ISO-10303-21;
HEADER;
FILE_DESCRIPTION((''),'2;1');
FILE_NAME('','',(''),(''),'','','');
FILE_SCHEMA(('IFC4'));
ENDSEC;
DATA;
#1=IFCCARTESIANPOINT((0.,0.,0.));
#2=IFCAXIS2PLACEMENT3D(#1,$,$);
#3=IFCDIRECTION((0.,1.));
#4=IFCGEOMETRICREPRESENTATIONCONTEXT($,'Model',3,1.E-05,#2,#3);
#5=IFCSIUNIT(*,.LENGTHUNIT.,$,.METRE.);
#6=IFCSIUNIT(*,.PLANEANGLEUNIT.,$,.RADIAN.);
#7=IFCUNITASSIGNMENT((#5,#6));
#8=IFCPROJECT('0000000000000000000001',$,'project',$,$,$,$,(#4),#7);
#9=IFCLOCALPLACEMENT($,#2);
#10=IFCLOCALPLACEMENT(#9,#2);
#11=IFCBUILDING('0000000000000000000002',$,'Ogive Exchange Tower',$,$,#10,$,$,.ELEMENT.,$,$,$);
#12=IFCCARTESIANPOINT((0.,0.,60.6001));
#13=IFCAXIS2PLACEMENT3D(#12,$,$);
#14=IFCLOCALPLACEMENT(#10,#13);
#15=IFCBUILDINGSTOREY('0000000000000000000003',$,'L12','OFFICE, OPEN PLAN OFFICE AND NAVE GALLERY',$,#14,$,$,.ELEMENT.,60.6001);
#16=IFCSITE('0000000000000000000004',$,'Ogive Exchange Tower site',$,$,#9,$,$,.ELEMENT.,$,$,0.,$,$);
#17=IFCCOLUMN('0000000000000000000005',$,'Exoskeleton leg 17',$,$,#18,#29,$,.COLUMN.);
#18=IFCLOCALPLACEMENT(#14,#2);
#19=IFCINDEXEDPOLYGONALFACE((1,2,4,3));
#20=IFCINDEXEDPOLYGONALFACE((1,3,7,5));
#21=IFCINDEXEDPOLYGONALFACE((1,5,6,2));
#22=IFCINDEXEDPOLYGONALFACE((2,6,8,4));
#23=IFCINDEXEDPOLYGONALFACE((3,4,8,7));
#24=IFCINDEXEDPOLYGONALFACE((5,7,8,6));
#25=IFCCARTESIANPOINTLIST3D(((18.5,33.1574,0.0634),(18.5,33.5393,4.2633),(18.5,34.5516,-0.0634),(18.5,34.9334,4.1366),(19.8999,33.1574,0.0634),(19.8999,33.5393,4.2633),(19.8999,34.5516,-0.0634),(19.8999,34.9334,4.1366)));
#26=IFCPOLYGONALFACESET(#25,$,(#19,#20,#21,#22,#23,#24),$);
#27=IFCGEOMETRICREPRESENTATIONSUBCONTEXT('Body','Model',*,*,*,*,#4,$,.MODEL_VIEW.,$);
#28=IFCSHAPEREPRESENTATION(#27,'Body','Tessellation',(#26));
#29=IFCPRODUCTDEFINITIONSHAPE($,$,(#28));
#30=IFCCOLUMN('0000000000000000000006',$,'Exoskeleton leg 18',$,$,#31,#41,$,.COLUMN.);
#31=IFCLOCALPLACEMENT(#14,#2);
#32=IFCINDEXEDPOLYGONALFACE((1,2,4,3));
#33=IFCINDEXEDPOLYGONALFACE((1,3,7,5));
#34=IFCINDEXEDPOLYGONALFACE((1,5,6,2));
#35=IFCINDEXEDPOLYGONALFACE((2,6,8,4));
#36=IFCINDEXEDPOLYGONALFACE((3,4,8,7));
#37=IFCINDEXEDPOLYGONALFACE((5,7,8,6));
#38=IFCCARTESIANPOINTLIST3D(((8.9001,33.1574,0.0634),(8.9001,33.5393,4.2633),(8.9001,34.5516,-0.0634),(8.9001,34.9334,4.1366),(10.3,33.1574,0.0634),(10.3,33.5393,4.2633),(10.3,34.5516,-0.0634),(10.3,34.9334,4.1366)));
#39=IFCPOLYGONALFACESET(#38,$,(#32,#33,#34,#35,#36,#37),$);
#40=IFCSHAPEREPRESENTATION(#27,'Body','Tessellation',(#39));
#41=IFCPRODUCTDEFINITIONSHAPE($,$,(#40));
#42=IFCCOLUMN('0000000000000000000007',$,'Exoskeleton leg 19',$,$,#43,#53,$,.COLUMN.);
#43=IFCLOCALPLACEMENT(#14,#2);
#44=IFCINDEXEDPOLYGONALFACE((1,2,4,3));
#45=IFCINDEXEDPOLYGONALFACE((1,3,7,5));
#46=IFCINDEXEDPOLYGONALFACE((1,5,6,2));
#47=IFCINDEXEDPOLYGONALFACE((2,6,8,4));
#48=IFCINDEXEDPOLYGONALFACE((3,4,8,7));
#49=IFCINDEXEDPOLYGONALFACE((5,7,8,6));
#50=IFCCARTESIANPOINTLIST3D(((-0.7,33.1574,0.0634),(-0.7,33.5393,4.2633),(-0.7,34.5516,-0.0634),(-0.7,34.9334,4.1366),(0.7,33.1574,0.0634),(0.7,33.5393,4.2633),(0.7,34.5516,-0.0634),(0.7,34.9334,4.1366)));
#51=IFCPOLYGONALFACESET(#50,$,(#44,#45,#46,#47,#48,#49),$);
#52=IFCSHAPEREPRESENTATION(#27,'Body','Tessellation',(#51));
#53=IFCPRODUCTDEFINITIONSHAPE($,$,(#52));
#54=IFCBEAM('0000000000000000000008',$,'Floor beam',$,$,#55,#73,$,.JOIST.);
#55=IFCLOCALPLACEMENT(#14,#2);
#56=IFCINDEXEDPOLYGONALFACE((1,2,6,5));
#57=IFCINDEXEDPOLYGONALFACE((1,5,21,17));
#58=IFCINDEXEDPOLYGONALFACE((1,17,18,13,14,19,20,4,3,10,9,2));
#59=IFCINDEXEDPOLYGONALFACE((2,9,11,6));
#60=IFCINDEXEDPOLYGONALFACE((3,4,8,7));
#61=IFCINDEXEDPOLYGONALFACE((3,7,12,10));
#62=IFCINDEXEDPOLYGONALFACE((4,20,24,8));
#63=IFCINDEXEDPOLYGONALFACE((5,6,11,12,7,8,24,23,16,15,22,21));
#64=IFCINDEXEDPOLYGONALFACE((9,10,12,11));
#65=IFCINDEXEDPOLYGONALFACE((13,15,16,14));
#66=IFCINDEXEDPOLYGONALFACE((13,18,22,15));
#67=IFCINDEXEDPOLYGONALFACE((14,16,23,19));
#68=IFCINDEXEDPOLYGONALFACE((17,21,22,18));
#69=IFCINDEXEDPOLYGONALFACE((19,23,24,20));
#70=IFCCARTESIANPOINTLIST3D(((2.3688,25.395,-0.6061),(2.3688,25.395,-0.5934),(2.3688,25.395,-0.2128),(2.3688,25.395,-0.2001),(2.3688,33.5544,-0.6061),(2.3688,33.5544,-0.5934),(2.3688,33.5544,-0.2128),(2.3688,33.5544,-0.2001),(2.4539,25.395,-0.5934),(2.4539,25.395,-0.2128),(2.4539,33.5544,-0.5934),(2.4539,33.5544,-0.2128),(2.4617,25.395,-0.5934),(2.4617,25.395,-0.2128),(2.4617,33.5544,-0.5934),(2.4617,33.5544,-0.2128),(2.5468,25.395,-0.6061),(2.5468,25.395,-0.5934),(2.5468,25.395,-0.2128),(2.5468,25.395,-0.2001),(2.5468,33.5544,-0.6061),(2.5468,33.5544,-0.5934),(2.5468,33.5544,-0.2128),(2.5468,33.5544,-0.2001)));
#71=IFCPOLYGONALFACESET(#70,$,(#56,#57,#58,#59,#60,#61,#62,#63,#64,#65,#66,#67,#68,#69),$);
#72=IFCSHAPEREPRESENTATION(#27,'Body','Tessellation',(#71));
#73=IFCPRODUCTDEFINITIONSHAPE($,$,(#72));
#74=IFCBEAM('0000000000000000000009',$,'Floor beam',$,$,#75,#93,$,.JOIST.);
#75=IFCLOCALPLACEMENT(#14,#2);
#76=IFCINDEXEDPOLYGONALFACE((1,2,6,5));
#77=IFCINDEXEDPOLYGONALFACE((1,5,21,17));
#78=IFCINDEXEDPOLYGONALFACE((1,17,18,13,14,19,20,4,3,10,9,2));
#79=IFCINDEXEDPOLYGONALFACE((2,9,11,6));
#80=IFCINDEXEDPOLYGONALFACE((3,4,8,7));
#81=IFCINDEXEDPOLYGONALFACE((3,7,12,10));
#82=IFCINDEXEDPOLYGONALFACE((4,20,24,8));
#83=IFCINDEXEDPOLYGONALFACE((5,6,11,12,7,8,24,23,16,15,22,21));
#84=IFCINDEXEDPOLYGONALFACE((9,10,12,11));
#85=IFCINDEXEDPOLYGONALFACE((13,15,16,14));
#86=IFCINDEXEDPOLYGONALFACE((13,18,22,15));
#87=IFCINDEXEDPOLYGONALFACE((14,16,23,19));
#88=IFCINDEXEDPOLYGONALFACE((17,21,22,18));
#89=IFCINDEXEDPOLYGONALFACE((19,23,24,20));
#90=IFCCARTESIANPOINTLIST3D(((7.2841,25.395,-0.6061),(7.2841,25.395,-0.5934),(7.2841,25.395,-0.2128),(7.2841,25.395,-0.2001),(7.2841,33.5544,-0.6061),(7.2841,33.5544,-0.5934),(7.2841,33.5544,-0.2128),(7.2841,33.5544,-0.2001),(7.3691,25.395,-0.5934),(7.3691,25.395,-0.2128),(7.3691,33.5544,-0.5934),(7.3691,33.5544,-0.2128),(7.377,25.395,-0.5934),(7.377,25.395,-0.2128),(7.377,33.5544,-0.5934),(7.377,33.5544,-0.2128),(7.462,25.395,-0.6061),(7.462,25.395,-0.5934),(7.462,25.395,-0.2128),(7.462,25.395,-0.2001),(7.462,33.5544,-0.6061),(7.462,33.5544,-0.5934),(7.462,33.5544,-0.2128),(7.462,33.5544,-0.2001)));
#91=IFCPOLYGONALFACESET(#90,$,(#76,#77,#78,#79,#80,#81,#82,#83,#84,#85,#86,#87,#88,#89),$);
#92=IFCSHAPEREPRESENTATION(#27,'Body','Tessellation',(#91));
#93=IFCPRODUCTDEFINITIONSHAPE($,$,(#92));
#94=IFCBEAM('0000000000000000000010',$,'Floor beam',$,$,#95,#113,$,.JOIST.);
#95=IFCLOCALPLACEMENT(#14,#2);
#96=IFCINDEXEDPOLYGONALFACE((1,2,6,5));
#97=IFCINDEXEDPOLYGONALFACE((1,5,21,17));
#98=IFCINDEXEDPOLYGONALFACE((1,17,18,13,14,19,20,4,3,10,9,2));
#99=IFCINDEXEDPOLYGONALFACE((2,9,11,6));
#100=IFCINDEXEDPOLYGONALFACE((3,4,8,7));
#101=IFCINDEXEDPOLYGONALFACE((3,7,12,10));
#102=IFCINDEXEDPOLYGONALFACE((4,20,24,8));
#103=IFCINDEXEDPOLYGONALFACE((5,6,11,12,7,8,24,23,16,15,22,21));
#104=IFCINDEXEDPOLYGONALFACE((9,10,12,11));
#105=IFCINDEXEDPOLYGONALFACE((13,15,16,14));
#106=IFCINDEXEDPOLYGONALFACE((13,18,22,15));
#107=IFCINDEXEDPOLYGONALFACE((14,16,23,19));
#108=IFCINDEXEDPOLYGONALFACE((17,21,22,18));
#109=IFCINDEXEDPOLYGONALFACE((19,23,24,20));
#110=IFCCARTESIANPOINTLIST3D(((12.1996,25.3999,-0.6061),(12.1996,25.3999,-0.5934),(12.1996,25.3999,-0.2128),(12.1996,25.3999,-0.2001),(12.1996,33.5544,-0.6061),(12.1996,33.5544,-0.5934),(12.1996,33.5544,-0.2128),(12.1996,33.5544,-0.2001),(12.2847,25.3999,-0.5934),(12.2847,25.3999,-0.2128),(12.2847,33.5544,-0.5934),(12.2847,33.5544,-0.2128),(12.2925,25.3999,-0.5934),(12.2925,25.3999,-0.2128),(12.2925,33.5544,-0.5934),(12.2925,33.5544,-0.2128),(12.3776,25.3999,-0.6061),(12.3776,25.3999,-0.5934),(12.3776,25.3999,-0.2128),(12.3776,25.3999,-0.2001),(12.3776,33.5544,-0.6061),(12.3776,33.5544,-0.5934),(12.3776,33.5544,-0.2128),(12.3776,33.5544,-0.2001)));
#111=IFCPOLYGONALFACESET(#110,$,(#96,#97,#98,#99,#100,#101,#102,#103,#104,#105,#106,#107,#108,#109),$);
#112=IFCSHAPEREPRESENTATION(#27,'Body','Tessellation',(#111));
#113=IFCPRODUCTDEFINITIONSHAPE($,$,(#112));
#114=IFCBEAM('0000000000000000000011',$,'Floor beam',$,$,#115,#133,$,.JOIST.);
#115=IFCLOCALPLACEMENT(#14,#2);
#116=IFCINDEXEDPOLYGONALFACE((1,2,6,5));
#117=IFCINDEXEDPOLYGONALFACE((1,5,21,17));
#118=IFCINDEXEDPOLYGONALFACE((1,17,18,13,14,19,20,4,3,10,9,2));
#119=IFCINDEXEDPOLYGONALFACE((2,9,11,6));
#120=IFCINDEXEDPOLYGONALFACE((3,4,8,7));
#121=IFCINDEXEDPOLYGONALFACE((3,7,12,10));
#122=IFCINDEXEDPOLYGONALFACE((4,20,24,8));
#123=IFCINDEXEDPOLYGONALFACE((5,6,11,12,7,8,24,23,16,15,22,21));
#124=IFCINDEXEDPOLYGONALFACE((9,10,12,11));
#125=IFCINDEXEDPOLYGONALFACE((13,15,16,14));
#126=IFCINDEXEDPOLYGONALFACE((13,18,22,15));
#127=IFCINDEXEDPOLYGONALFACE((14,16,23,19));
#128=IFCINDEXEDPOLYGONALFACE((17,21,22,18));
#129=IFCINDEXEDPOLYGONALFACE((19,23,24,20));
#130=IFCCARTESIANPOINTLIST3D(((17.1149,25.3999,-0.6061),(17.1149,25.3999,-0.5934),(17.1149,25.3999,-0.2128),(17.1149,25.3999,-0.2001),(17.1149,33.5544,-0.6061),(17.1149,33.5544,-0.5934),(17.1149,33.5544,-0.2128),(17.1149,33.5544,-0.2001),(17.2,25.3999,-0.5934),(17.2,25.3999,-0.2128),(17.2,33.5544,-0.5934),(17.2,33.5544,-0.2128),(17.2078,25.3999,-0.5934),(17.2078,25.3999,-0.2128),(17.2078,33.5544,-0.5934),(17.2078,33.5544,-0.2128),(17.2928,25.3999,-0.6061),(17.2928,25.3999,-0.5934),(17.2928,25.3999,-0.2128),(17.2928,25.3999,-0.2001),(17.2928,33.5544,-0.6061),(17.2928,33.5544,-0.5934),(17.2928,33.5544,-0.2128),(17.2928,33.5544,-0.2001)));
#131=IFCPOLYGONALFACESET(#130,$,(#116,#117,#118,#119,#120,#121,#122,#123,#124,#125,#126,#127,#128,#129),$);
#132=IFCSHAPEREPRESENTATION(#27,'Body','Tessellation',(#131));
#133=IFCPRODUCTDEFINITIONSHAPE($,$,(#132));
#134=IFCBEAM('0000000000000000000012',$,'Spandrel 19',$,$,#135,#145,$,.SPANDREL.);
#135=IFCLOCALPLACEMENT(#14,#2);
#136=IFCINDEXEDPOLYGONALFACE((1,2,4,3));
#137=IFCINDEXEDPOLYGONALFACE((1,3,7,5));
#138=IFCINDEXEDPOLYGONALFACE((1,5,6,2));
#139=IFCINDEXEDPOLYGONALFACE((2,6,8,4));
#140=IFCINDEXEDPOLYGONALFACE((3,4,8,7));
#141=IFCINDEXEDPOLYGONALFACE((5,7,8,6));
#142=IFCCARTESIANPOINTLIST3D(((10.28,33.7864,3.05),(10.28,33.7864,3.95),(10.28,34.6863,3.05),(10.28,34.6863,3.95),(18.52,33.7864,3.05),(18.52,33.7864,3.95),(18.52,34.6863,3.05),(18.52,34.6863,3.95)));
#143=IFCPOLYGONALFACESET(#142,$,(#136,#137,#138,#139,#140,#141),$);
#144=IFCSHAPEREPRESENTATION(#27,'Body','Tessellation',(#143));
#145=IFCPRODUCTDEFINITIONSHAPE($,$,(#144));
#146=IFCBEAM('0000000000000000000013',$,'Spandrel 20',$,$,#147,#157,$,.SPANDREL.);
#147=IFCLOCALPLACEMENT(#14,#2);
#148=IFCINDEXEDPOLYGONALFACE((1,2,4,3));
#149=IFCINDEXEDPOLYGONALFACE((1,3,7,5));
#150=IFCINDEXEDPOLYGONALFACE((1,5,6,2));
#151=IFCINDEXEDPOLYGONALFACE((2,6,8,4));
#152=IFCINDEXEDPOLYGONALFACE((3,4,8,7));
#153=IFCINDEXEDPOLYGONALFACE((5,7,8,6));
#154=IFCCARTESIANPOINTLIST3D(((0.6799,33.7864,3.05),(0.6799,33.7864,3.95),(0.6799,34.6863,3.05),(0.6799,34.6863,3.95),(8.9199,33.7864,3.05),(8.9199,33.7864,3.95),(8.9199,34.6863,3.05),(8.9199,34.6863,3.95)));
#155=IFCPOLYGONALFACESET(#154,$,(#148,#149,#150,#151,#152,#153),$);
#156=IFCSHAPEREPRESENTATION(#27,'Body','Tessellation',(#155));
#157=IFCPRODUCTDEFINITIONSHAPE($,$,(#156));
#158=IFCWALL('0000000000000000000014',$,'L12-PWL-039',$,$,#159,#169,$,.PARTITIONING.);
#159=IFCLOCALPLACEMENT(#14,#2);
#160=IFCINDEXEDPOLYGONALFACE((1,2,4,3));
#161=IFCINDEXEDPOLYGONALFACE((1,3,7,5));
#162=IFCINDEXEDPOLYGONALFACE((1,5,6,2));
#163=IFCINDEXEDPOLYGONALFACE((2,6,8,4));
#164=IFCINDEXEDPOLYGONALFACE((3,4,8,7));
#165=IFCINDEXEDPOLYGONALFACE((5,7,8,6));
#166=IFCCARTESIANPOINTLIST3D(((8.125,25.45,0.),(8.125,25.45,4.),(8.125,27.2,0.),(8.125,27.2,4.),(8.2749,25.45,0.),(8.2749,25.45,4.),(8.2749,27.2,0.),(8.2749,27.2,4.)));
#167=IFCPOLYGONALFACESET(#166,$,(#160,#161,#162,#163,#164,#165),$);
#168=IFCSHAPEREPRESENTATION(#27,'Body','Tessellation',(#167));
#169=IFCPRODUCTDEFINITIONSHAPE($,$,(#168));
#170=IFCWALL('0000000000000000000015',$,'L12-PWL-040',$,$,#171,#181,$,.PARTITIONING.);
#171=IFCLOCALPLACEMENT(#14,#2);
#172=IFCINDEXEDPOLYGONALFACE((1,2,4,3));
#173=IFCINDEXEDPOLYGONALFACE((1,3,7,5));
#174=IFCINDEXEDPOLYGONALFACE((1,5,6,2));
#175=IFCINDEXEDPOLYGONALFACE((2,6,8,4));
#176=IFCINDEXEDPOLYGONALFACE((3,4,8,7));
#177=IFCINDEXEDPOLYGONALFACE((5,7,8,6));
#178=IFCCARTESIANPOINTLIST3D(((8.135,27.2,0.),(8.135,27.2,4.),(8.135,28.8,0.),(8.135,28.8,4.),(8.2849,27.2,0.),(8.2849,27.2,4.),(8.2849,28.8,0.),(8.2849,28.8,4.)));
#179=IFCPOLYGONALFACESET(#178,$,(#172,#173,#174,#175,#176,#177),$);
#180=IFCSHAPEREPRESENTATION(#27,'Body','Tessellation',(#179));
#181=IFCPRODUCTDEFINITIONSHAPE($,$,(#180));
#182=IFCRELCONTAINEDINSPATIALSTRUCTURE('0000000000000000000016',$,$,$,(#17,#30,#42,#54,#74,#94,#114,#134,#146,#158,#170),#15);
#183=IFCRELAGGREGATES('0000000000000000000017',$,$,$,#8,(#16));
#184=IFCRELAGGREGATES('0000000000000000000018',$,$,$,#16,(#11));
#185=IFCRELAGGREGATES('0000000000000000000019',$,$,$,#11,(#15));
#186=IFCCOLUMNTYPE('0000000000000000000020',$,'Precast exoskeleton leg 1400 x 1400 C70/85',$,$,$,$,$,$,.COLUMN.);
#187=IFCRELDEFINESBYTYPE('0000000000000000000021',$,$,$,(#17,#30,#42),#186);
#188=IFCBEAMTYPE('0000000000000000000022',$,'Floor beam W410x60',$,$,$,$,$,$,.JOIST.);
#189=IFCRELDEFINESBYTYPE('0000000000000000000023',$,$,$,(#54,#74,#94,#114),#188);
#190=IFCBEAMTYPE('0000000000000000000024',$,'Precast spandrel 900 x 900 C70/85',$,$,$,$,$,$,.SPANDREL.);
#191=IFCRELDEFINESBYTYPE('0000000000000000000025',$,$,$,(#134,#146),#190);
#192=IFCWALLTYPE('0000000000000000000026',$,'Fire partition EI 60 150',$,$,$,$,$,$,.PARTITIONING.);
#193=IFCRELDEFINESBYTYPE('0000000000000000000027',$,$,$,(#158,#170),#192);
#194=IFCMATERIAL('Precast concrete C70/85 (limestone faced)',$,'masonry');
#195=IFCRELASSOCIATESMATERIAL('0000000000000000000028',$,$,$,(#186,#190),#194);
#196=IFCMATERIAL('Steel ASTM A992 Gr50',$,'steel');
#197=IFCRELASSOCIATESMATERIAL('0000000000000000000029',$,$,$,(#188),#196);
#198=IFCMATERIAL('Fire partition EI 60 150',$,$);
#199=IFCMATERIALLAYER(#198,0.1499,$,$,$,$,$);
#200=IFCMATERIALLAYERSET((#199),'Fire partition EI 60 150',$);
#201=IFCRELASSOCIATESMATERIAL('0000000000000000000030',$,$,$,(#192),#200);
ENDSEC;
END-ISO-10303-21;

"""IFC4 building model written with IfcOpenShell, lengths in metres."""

from ifc_helpers import new_model, si_unit, direction, frame, frame_2d, origin, origin_2d, place, context, subcontext, project, spatial, rectangle, i_section, extrude, material, layer, layer_set, material_profile, profile_set, type_object, element, save


model = new_model("IFC4")

# Units and contexts
model_context = context("Model", 3, precision=1e-05, world=origin(), true_north=direction((0.0, 1.0)))
body_context = subcontext(model_context, "Body", "Model", "MODEL_VIEW")
ifc_project = project(units=[si_unit("LENGTHUNIT", "METRE"), si_unit("PLANEANGLEUNIT", "RADIAN")], contexts=[model_context])

# Site, building, storey
site_placement = place(None, origin())
site = spatial("IfcSite", under=ifc_project, at=site_placement, Name="Ogive Exchange Tower site", CompositionType="ELEMENT", RefElevation=0.0)
building_placement = place(site_placement, origin())
building = spatial("IfcBuilding", under=site, at=building_placement, Name="Ogive Exchange Tower", CompositionType="ELEMENT")
storey_placement = place(building_placement, frame((0.0, 0.0, 60.6001)))
storey = spatial("IfcBuildingStorey", under=building, at=storey_placement, Name="L12", Description="OFFICE, OPEN PLAN OFFICE AND NAVE GALLERY", CompositionType="ELEMENT", Elevation=60.6001)

# Columns
ifc_material_1 = material(Name="Precast concrete C70/85 (limestone faced)", Category="masonry")
ifc_material_profile_1 = material_profile(ifc_material_1, rectangle(XDim=1.3999, YDim=1.3999, at=origin_2d()), Name="1400 x 1400")
ifc_profile_set_1 = profile_set([ifc_material_profile_1], Name="Precast concrete C70/85 (limestone faced)")
column_type = type_object("IfcColumnType", Name="Precast exoskeleton leg 1400 x 1400 C70/85", PredefinedType="COLUMN", material=ifc_profile_set_1)
for number, where, z_axis, x_axis, name in (
    (1, (19.2, 33.8545, 0.0), (0.0, 0.090541, 0.995893), (-1.0, 0.0, 0.0), "Exoskeleton leg 17"),
    (2, (9.6001, 33.8545, 0.0), (0.0, 0.090541, 0.995893), (-1.0, 0.0, 0.0), "Exoskeleton leg 18"),
    (3, (0.0, 33.8545, 0.0), (0.0, 0.090541, 0.995893), (-1.0, 0.0, 0.0), "Exoskeleton leg 19"),
):
    element("IfcColumn", number, at=place(storey_placement, frame(where, z_axis=z_axis, x_axis=x_axis)), inside=storey, type_object=column_type, Name=name, PredefinedType="COLUMN", context=body_context, shape_type="SweptSolid", body=[
        extrude(rectangle(XDim=1.3999, YDim=1.3999, at=origin_2d()), origin(), (0.0, 0.0, 1.0), 4.2173),
    ])

# Beams
ifc_material_2 = material(Name="Steel ASTM A992 Gr50", Category="steel")
ifc_material_profile_2 = material_profile(ifc_material_2, i_section(OverallWidth=0.178, OverallDepth=0.406, WebThickness=0.0078, FlangeThickness=0.0127, at=origin_2d()), Name="W410x60")
ifc_profile_set_2 = profile_set([ifc_material_profile_2], Name="Steel ASTM A992 Gr50")
beam_type_1 = type_object("IfcBeamType", Name="Floor beam W410x60", PredefinedType="JOIST", material=ifc_profile_set_2)
for number, where, z_axis, x_axis, name in (
    (4, (2.4578, 25.395, -0.4031), (0.0, 1.0, 0.0), (-1.0, 0.0, 0.0), "Floor beam"),
    (5, (7.373, 25.395, -0.4031), (0.0, 1.0, 0.0), (-1.0, 0.0, 0.0), "Floor beam"),
):
    element("IfcBeam", number, at=place(storey_placement, frame(where, z_axis=z_axis, x_axis=x_axis)), inside=storey, type_object=beam_type_1, Name=name, PredefinedType="JOIST", context=body_context, shape_type="SweptSolid", body=[
        extrude(i_section(OverallWidth=0.178, OverallDepth=0.406, WebThickness=0.0078, FlangeThickness=0.0127, at=origin_2d()), origin(), (0.0, 0.0, 1.0), 8.1594),
    ])
for number, where, z_axis, x_axis, name in (
    (6, (12.2886, 25.3999, -0.4031), (0.0, 1.0, 0.0), (-1.0, 0.0, 0.0), "Floor beam"),
    (7, (17.2039, 25.3999, -0.4031), (0.0, 1.0, 0.0), (-1.0, 0.0, 0.0), "Floor beam"),
):
    element("IfcBeam", number, at=place(storey_placement, frame(where, z_axis=z_axis, x_axis=x_axis)), inside=storey, type_object=beam_type_1, Name=name, PredefinedType="JOIST", context=body_context, shape_type="SweptSolid", body=[
        extrude(i_section(OverallWidth=0.178, OverallDepth=0.406, WebThickness=0.0078, FlangeThickness=0.0127, at=origin_2d()), origin(), (0.0, 0.0, 1.0), 8.1545),
    ])
ifc_material_profile_3 = material_profile(ifc_material_1, rectangle(XDim=0.8999, YDim=0.8999, at=origin_2d()), Name="900 x 900")
ifc_profile_set_3 = profile_set([ifc_material_profile_3], Name="Precast concrete C70/85 (limestone faced)")
beam_type_2 = type_object("IfcBeamType", Name="Precast spandrel 900 x 900 C70/85", PredefinedType="SPANDREL", material=ifc_profile_set_3)
for number, where, z_axis, x_axis, name in (
    (8, (18.52, 34.2363, 3.5), (-1.0, 0.0, 0.0), (0.0, -1.0, 0.0), "Spandrel 19"),
    (9, (8.9199, 34.2363, 3.5), (-1.0, 0.0, 0.0), (0.0, -1.0, 0.0), "Spandrel 20"),
):
    element("IfcBeam", number, at=place(storey_placement, frame(where, z_axis=z_axis, x_axis=x_axis)), inside=storey, type_object=beam_type_2, Name=name, PredefinedType="SPANDREL", context=body_context, shape_type="SweptSolid", body=[
        extrude(rectangle(XDim=0.8999, YDim=0.8999, at=origin_2d()), origin(), (0.0, 0.0, 1.0), 8.24),
    ])

# Walls
ifc_material_3 = material(Name="Fire partition EI 60 150")
ifc_layer_1 = layer(ifc_material_3, 0.1499)
ifc_layer_set_1 = layer_set([ifc_layer_1], Name="Fire partition EI 60 150")
wall_type_1 = type_object("IfcWallType", Name="Fire partition EI 60 150", PredefinedType="PARTITIONING", material=ifc_layer_set_1)
wall_1_placement = place(storey_placement, frame((8.2, 25.45, 0.0), z_axis=(0.0, 0.0, 1.0), x_axis=(0.0, 1.0, 0.0)))
element("IfcWall", 10, at=wall_1_placement, inside=storey, type_object=wall_type_1, Name="L12-PWL-039", PredefinedType="PARTITIONING", context=body_context, shape_type="SweptSolid", body=[
    extrude(rectangle(XDim=1.75, YDim=0.1499, at=frame_2d((0.875, 0.0))), origin(), (0.0, 0.0, 1.0), 4.0),
])
wall_2_placement = place(storey_placement, frame((8.21, 27.2, 0.0), z_axis=(0.0, 0.0, 1.0), x_axis=(0.0, 1.0, 0.0)))
element("IfcWall", 11, at=wall_2_placement, inside=storey, type_object=wall_type_1, Name="L12-PWL-040", PredefinedType="PARTITIONING", context=body_context, shape_type="SweptSolid", body=[
    extrude(rectangle(XDim=1.6001, YDim=0.1499, at=frame_2d((0.8, 0.0))), origin(), (0.0, 0.0, 1.0), 4.0),
])

save(model, "model.ifc")
